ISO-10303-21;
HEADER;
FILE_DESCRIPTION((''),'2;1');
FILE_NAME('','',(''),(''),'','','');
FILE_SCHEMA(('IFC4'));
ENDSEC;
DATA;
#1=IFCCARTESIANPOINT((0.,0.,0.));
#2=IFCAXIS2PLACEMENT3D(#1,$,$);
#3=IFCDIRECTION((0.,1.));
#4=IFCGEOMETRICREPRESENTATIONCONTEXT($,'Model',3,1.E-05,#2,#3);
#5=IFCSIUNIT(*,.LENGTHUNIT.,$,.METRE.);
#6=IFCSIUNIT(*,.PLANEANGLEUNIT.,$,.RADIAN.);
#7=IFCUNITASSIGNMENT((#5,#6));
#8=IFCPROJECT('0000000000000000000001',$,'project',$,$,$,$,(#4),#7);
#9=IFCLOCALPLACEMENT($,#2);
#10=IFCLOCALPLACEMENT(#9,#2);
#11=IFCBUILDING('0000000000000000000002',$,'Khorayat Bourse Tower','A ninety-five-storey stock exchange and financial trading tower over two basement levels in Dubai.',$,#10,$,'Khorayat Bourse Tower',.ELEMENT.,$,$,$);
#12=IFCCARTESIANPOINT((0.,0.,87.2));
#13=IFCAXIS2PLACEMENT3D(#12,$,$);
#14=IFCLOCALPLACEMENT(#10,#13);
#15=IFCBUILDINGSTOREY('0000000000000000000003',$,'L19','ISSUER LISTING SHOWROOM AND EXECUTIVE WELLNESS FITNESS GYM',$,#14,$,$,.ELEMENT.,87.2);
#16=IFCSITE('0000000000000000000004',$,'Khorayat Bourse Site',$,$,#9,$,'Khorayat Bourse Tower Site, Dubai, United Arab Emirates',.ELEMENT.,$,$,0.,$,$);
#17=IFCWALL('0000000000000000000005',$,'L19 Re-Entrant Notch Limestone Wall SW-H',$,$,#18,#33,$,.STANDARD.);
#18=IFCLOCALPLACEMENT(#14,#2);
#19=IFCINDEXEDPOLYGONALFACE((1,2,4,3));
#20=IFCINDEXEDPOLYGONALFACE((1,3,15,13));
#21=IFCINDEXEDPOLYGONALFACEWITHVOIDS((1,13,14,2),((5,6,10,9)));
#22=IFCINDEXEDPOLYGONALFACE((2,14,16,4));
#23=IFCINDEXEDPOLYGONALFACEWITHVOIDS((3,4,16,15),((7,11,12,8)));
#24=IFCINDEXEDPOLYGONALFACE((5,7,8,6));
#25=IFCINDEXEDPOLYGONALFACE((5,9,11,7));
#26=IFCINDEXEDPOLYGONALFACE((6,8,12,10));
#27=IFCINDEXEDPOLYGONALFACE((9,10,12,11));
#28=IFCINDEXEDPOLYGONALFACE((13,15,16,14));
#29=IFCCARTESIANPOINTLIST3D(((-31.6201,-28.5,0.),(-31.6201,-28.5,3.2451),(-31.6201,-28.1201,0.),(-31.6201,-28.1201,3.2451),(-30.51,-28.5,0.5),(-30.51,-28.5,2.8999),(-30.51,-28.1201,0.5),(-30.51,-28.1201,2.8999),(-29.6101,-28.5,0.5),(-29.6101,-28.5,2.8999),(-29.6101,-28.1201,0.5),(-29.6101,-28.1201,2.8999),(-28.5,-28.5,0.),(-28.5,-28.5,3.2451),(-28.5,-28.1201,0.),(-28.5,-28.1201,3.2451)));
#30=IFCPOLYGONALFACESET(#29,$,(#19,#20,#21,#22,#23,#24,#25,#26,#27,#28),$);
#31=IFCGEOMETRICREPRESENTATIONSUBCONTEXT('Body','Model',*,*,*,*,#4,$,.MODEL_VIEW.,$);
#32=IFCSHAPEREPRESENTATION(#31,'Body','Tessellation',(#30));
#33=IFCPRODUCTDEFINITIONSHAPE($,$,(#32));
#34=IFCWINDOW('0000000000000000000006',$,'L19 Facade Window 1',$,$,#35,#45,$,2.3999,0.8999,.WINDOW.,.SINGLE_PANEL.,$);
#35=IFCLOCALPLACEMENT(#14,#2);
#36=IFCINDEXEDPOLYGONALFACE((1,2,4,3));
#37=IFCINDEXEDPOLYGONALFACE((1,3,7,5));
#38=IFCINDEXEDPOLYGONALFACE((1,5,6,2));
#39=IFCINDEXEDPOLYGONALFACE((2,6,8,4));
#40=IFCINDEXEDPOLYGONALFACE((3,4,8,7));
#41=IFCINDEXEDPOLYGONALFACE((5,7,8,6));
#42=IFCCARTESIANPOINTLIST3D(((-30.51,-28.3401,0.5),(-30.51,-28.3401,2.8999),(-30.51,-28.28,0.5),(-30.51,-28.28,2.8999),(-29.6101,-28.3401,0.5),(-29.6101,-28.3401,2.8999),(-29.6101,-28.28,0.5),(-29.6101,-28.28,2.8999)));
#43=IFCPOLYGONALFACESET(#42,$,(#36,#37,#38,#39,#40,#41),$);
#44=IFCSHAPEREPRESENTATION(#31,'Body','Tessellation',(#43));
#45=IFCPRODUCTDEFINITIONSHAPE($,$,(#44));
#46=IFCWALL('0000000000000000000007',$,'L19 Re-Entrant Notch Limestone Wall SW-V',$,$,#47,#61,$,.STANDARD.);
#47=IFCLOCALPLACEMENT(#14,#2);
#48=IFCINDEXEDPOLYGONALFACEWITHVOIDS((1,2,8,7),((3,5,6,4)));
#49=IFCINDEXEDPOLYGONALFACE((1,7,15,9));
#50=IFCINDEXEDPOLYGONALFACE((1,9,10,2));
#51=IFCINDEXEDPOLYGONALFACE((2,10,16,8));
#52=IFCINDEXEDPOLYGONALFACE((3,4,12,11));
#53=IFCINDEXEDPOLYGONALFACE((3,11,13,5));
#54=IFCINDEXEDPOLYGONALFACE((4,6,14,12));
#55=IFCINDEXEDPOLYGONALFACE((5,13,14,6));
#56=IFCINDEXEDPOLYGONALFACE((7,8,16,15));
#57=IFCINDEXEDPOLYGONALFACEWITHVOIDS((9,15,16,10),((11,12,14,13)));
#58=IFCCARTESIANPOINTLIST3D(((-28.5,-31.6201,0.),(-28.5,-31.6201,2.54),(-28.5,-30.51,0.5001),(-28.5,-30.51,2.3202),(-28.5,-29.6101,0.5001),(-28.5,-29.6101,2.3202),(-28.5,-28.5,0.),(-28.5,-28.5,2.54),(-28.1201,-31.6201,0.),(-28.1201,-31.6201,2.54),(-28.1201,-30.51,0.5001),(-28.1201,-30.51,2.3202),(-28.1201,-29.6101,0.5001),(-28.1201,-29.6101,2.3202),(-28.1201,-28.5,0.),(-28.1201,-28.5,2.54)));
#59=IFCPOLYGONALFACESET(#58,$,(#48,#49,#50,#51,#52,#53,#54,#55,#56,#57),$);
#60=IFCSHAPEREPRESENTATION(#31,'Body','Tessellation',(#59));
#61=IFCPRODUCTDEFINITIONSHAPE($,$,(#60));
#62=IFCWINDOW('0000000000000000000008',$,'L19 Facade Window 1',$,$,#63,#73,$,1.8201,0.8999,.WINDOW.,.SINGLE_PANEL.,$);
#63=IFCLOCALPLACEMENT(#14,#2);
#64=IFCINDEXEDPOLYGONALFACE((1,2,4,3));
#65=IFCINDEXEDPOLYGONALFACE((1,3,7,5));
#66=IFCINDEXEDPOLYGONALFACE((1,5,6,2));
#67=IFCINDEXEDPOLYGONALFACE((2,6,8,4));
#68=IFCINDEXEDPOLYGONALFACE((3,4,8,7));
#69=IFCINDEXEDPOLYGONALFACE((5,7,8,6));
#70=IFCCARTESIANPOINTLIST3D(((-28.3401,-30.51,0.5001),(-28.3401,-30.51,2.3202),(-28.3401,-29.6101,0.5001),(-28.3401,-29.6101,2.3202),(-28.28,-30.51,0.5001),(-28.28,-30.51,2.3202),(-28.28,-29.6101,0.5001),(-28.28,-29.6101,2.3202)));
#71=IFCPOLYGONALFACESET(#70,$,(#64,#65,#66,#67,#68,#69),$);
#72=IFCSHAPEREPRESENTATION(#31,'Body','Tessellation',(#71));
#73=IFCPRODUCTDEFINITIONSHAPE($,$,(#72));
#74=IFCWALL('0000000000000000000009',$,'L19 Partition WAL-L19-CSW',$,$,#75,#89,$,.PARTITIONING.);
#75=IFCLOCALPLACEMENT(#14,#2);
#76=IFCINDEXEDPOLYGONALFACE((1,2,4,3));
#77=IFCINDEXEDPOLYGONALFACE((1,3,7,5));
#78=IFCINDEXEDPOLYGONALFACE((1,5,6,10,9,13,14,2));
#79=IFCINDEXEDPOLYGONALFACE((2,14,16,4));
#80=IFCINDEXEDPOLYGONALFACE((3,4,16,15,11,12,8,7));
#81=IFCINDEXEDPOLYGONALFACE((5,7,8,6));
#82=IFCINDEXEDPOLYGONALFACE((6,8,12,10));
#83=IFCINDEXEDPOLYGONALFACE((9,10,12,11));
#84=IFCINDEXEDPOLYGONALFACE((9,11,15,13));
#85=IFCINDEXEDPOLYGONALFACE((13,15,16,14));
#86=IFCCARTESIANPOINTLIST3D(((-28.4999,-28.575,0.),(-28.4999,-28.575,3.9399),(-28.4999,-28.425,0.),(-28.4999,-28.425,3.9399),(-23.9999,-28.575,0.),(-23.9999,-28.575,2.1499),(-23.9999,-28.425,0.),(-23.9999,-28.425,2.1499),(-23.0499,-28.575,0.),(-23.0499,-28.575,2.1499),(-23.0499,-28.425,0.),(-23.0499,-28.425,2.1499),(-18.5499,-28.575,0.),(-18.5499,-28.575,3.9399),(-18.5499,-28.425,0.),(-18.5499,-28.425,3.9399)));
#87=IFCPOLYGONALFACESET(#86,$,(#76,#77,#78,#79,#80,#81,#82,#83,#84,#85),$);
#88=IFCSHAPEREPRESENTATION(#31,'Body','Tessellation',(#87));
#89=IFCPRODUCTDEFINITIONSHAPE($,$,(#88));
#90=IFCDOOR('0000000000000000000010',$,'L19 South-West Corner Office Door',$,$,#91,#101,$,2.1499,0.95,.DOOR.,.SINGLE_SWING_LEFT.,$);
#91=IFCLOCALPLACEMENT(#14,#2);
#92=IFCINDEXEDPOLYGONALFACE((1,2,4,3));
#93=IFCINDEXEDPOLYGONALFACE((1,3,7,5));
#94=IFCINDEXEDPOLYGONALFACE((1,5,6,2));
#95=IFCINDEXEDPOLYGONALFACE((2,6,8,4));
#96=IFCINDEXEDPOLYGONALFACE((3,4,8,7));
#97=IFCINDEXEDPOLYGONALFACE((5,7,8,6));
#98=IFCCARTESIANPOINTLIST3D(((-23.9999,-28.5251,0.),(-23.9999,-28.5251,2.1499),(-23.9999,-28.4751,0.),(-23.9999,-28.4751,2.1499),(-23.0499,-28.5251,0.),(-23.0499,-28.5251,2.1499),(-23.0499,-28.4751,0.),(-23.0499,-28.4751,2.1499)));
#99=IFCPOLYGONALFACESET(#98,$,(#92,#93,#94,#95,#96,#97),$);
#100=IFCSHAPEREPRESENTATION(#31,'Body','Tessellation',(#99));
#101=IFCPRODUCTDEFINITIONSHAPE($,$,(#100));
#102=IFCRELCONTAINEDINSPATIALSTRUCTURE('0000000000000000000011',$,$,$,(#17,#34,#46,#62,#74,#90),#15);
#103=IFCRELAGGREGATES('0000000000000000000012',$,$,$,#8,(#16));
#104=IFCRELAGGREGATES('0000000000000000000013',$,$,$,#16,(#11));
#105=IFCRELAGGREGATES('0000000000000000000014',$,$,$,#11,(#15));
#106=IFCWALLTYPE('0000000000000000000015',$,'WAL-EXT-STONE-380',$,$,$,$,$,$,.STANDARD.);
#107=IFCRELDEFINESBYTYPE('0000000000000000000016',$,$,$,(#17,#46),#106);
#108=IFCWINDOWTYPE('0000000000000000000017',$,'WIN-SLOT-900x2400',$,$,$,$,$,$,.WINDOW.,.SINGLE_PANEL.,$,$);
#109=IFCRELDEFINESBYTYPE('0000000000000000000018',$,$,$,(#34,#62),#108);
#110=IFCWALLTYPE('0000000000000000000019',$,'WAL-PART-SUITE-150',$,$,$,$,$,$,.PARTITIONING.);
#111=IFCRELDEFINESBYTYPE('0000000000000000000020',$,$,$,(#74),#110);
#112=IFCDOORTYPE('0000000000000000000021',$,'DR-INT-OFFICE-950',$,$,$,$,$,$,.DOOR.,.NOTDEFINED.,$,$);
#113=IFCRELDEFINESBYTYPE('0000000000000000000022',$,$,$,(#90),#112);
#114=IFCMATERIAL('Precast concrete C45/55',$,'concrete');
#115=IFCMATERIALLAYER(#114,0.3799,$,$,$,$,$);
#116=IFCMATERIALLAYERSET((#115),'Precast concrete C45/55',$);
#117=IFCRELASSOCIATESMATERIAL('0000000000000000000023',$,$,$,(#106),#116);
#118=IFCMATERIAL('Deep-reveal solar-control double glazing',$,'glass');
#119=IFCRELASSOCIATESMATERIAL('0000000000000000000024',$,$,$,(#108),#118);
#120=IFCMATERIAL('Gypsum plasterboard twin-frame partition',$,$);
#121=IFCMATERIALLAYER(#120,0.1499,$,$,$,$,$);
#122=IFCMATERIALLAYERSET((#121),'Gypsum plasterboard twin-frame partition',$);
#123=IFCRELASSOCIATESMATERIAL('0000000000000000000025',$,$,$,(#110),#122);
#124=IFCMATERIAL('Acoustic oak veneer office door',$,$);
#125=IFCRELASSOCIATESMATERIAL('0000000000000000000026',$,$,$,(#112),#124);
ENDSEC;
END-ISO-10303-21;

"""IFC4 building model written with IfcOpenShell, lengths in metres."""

from ifc_helpers import new_model, si_unit, direction, frame, frame_2d, origin, place, context, subcontext, project, spatial, rectangle, extrude, source, transform, mapped, material, layer, layer_set, type_object, element, fill, save


model = new_model("IFC4")

# Units and contexts
model_context = context("Model", 3, precision=1e-05, world=origin(), true_north=direction((0.0, 1.0)))
body_context = subcontext(model_context, "Body", "Model", "MODEL_VIEW")
ifc_project = project(units=[si_unit("LENGTHUNIT", "METRE"), si_unit("PLANEANGLEUNIT", "RADIAN")], contexts=[model_context])

# Site, building, storey
site_placement = place(None, origin())
site = spatial("IfcSite", under=ifc_project, at=site_placement, Name="Khorayat Bourse Site", LongName="Khorayat Bourse Tower Site, Dubai, United Arab Emirates", CompositionType="ELEMENT", RefElevation=0.0)
building_placement = place(site_placement, origin())
building = spatial("IfcBuilding", under=site, at=building_placement, Name="Khorayat Bourse Tower", Description="A ninety-five-storey stock exchange and financial trading tower over two basement levels in Dubai.", LongName="Khorayat Bourse Tower", CompositionType="ELEMENT")
storey_placement = place(building_placement, frame((0.0, 0.0, 87.2)))
storey = spatial("IfcBuildingStorey", under=building, at=storey_placement, Name="L19", Description="ISSUER LISTING SHOWROOM AND EXECUTIVE WELLNESS FITNESS GYM", CompositionType="ELEMENT", Elevation=87.2)

# Walls, openings, windows
ifc_material_1 = material(Name="Precast concrete C45/55", Category="concrete")
ifc_layer_1 = layer(ifc_material_1, 0.3799)
ifc_layer_set_1 = layer_set([ifc_layer_1], Name="Precast concrete C45/55")
wall_type_1 = type_object("IfcWallType", Name="WAL-EXT-STONE-380", PredefinedType="STANDARD", material=ifc_layer_set_1)
shared_shape_1 = source(origin(), body_context, "Body", "SweptSolid", [
    extrude(rectangle(XDim=3.1201, YDim=0.3799, at=frame_2d((1.5601, 0.0))), origin(), (0.0, 0.0, 1.0), 3.2451),
])
wall_1_placement = place(storey_placement, frame((-28.5, -28.3101, 0.0), z_axis=(0.0, 0.0, 1.0), x_axis=(-1.0, 0.0, 0.0)))
wall_1 = element("IfcWall", 1, at=wall_1_placement, inside=storey, type_object=wall_type_1, Name="L19 Re-Entrant Notch Limestone Wall SW-H", PredefinedType="STANDARD", context=body_context, shape_type="MappedRepresentation", body=[
    mapped(shared_shape_1, transform((0.0, 0.0, 0.0), scale=1.0)),
])
shared_shape_2 = source(origin(), body_context, "Body", "SweptSolid", [
    extrude(rectangle(XDim=0.8999, YDim=2.3999, at=frame_2d((0.45, 1.2))), frame((0.0, 0.2, 0.0), z_axis=(0.0, -1.0, 0.0), x_axis=(1.0, 0.0, 0.0)), (0.0, 0.0, 1.0), 0.3999),
])
opening_1_placement = place(wall_1_placement, frame((1.1101, 0.0, 0.5)))
opening_1 = element("IfcOpeningElement", 2, at=opening_1_placement, cuts=wall_1, PredefinedType="OPENING", context=body_context, shape_type="MappedRepresentation", body=[
    mapped(shared_shape_2, transform((0.0, 0.0, 0.0), scale=1.0)),
])
ifc_material_2 = material(Name="Deep-reveal solar-control double glazing", Category="glass")
window_type = type_object("IfcWindowType", Name="WIN-SLOT-900x2400", PartitioningType="SINGLE_PANEL", PredefinedType="WINDOW", material=ifc_material_2)
shared_shape_3 = source(origin(), body_context, "Body", "SweptSolid", [
    extrude(rectangle(XDim=0.8999, YDim=2.3999, at=frame_2d((0.45, 1.2))), frame((0.0, 0.03, 0.0), z_axis=(0.0, -1.0, 0.0), x_axis=(1.0, 0.0, 0.0)), (0.0, 0.0, 1.0), 0.0601),
])
window_1_placement = place(opening_1_placement, origin())
window_1 = element("IfcWindow", 3, at=window_1_placement, inside=storey, type_object=window_type, Name="L19 Facade Window 1", OverallHeight=2.3999, OverallWidth=0.8999, PartitioningType="SINGLE_PANEL", PredefinedType="WINDOW", context=body_context, shape_type="MappedRepresentation", body=[
    mapped(shared_shape_3, transform((0.0, 0.0, 0.0), scale=1.0)),
])
fill(opening_1, window_1)
shared_shape_4 = source(origin(), body_context, "Body", "SweptSolid", [
    extrude(rectangle(XDim=3.1201, YDim=0.3799, at=frame_2d((1.5601, 0.0))), origin(), (0.0, 0.0, 1.0), 2.54),
])
wall_2_placement = place(storey_placement, frame((-28.3101, -31.6201, 0.0), z_axis=(0.0, 0.0, 1.0), x_axis=(0.0, 1.0, 0.0)))
wall_2 = element("IfcWall", 4, at=wall_2_placement, inside=storey, type_object=wall_type_1, Name="L19 Re-Entrant Notch Limestone Wall SW-V", PredefinedType="STANDARD", context=body_context, shape_type="MappedRepresentation", body=[
    mapped(shared_shape_4, transform((0.0, 0.0, 0.0), scale=1.0)),
])
shared_shape_5 = source(origin(), body_context, "Body", "SweptSolid", [
    extrude(rectangle(XDim=0.8999, YDim=1.8201, at=frame_2d((0.45, 0.9102))), frame((0.0, 0.2, 0.0), z_axis=(0.0, -1.0, 0.0), x_axis=(1.0, 0.0, 0.0)), (0.0, 0.0, 1.0), 0.3999),
])
opening_2_placement = place(wall_2_placement, frame((1.1101, 0.0, 0.5)))
opening_2 = element("IfcOpeningElement", 5, at=opening_2_placement, cuts=wall_2, PredefinedType="OPENING", context=body_context, shape_type="MappedRepresentation", body=[
    mapped(shared_shape_5, transform((0.0, 0.0, 0.0), scale=1.0)),
])
shared_shape_6 = source(origin(), body_context, "Body", "SweptSolid", [
    extrude(rectangle(XDim=0.8999, YDim=1.8201, at=frame_2d((0.45, 0.9102))), frame((0.0, 0.03, 0.0), z_axis=(0.0, -1.0, 0.0), x_axis=(1.0, 0.0, 0.0)), (0.0, 0.0, 1.0), 0.0601),
])
window_2_placement = place(opening_2_placement, origin())
window_2 = element("IfcWindow", 6, at=window_2_placement, inside=storey, type_object=window_type, Name="L19 Facade Window 1", OverallHeight=1.8201, OverallWidth=0.8999, PartitioningType="SINGLE_PANEL", PredefinedType="WINDOW", context=body_context, shape_type="MappedRepresentation", body=[
    mapped(shared_shape_6, transform((0.0, 0.0, 0.0), scale=1.0)),
])
fill(opening_2, window_2)

# Wall, opening, door
ifc_material_3 = material(Name="Gypsum plasterboard twin-frame partition")
ifc_layer_2 = layer(ifc_material_3, 0.1499)
ifc_layer_set_2 = layer_set([ifc_layer_2], Name="Gypsum plasterboard twin-frame partition")
wall_type_2 = type_object("IfcWallType", Name="WAL-PART-SUITE-150", PredefinedType="PARTITIONING", material=ifc_layer_set_2)
shared_shape_7 = source(origin(), body_context, "Body", "SweptSolid", [
    extrude(rectangle(XDim=9.95, YDim=0.1499, at=frame_2d((4.9751, 0.0))), origin(), (0.0, 0.0, 1.0), 3.9399),
])
wall_3_placement = place(storey_placement, frame((-28.5, -28.5, 0.0), z_axis=(0.0, 0.0, 1.0), x_axis=(1.0, 0.0, 0.0)))
wall_3 = element("IfcWall", 7, at=wall_3_placement, inside=storey, type_object=wall_type_2, Name="L19 Partition WAL-L19-CSW", PredefinedType="PARTITIONING", context=body_context, shape_type="MappedRepresentation", body=[
    mapped(shared_shape_7, transform((0.0, 0.0, 0.0), scale=1.0)),
])
shared_shape_8 = source(origin(), body_context, "Body", "SweptSolid", [
    extrude(rectangle(XDim=0.95, YDim=2.1499, at=frame_2d((0.4751, 1.075))), frame((0.0, 0.085, 0.0), z_axis=(0.0, -1.0, 0.0), x_axis=(1.0, 0.0, 0.0)), (0.0, 0.0, 1.0), 0.1699),
])
opening_3_placement = place(wall_3_placement, frame((4.5, 0.0, 0.0)))
opening_3 = element("IfcOpeningElement", 8, at=opening_3_placement, cuts=wall_3, PredefinedType="OPENING", context=body_context, shape_type="MappedRepresentation", body=[
    mapped(shared_shape_8, transform((0.0, 0.0, 0.0), scale=1.0)),
])
ifc_material_4 = material(Name="Acoustic oak veneer office door")
door_type = type_object("IfcDoorType", Name="DR-INT-OFFICE-950", OperationType="NOTDEFINED", PredefinedType="DOOR", material=ifc_material_4)
shared_shape_9 = source(origin(), body_context, "Body", "SweptSolid", [
    extrude(rectangle(XDim=0.95, YDim=2.1499, at=frame_2d((0.4751, 1.075))), frame((0.0, 0.0249, 0.0), z_axis=(0.0, -1.0, 0.0), x_axis=(1.0, 0.0, 0.0)), (0.0, 0.0, 1.0), 0.05),
])
door_placement = place(opening_3_placement, origin())
door = element("IfcDoor", 9, at=door_placement, inside=storey, type_object=door_type, Name="L19 South-West Corner Office Door", OperationType="SINGLE_SWING_LEFT", OverallHeight=2.1499, OverallWidth=0.95, PredefinedType="DOOR", context=body_context, shape_type="MappedRepresentation", body=[
    mapped(shared_shape_9, transform((0.0, 0.0, 0.0), scale=1.0)),
])
fill(opening_3, door)

save(model, "model.ifc")
